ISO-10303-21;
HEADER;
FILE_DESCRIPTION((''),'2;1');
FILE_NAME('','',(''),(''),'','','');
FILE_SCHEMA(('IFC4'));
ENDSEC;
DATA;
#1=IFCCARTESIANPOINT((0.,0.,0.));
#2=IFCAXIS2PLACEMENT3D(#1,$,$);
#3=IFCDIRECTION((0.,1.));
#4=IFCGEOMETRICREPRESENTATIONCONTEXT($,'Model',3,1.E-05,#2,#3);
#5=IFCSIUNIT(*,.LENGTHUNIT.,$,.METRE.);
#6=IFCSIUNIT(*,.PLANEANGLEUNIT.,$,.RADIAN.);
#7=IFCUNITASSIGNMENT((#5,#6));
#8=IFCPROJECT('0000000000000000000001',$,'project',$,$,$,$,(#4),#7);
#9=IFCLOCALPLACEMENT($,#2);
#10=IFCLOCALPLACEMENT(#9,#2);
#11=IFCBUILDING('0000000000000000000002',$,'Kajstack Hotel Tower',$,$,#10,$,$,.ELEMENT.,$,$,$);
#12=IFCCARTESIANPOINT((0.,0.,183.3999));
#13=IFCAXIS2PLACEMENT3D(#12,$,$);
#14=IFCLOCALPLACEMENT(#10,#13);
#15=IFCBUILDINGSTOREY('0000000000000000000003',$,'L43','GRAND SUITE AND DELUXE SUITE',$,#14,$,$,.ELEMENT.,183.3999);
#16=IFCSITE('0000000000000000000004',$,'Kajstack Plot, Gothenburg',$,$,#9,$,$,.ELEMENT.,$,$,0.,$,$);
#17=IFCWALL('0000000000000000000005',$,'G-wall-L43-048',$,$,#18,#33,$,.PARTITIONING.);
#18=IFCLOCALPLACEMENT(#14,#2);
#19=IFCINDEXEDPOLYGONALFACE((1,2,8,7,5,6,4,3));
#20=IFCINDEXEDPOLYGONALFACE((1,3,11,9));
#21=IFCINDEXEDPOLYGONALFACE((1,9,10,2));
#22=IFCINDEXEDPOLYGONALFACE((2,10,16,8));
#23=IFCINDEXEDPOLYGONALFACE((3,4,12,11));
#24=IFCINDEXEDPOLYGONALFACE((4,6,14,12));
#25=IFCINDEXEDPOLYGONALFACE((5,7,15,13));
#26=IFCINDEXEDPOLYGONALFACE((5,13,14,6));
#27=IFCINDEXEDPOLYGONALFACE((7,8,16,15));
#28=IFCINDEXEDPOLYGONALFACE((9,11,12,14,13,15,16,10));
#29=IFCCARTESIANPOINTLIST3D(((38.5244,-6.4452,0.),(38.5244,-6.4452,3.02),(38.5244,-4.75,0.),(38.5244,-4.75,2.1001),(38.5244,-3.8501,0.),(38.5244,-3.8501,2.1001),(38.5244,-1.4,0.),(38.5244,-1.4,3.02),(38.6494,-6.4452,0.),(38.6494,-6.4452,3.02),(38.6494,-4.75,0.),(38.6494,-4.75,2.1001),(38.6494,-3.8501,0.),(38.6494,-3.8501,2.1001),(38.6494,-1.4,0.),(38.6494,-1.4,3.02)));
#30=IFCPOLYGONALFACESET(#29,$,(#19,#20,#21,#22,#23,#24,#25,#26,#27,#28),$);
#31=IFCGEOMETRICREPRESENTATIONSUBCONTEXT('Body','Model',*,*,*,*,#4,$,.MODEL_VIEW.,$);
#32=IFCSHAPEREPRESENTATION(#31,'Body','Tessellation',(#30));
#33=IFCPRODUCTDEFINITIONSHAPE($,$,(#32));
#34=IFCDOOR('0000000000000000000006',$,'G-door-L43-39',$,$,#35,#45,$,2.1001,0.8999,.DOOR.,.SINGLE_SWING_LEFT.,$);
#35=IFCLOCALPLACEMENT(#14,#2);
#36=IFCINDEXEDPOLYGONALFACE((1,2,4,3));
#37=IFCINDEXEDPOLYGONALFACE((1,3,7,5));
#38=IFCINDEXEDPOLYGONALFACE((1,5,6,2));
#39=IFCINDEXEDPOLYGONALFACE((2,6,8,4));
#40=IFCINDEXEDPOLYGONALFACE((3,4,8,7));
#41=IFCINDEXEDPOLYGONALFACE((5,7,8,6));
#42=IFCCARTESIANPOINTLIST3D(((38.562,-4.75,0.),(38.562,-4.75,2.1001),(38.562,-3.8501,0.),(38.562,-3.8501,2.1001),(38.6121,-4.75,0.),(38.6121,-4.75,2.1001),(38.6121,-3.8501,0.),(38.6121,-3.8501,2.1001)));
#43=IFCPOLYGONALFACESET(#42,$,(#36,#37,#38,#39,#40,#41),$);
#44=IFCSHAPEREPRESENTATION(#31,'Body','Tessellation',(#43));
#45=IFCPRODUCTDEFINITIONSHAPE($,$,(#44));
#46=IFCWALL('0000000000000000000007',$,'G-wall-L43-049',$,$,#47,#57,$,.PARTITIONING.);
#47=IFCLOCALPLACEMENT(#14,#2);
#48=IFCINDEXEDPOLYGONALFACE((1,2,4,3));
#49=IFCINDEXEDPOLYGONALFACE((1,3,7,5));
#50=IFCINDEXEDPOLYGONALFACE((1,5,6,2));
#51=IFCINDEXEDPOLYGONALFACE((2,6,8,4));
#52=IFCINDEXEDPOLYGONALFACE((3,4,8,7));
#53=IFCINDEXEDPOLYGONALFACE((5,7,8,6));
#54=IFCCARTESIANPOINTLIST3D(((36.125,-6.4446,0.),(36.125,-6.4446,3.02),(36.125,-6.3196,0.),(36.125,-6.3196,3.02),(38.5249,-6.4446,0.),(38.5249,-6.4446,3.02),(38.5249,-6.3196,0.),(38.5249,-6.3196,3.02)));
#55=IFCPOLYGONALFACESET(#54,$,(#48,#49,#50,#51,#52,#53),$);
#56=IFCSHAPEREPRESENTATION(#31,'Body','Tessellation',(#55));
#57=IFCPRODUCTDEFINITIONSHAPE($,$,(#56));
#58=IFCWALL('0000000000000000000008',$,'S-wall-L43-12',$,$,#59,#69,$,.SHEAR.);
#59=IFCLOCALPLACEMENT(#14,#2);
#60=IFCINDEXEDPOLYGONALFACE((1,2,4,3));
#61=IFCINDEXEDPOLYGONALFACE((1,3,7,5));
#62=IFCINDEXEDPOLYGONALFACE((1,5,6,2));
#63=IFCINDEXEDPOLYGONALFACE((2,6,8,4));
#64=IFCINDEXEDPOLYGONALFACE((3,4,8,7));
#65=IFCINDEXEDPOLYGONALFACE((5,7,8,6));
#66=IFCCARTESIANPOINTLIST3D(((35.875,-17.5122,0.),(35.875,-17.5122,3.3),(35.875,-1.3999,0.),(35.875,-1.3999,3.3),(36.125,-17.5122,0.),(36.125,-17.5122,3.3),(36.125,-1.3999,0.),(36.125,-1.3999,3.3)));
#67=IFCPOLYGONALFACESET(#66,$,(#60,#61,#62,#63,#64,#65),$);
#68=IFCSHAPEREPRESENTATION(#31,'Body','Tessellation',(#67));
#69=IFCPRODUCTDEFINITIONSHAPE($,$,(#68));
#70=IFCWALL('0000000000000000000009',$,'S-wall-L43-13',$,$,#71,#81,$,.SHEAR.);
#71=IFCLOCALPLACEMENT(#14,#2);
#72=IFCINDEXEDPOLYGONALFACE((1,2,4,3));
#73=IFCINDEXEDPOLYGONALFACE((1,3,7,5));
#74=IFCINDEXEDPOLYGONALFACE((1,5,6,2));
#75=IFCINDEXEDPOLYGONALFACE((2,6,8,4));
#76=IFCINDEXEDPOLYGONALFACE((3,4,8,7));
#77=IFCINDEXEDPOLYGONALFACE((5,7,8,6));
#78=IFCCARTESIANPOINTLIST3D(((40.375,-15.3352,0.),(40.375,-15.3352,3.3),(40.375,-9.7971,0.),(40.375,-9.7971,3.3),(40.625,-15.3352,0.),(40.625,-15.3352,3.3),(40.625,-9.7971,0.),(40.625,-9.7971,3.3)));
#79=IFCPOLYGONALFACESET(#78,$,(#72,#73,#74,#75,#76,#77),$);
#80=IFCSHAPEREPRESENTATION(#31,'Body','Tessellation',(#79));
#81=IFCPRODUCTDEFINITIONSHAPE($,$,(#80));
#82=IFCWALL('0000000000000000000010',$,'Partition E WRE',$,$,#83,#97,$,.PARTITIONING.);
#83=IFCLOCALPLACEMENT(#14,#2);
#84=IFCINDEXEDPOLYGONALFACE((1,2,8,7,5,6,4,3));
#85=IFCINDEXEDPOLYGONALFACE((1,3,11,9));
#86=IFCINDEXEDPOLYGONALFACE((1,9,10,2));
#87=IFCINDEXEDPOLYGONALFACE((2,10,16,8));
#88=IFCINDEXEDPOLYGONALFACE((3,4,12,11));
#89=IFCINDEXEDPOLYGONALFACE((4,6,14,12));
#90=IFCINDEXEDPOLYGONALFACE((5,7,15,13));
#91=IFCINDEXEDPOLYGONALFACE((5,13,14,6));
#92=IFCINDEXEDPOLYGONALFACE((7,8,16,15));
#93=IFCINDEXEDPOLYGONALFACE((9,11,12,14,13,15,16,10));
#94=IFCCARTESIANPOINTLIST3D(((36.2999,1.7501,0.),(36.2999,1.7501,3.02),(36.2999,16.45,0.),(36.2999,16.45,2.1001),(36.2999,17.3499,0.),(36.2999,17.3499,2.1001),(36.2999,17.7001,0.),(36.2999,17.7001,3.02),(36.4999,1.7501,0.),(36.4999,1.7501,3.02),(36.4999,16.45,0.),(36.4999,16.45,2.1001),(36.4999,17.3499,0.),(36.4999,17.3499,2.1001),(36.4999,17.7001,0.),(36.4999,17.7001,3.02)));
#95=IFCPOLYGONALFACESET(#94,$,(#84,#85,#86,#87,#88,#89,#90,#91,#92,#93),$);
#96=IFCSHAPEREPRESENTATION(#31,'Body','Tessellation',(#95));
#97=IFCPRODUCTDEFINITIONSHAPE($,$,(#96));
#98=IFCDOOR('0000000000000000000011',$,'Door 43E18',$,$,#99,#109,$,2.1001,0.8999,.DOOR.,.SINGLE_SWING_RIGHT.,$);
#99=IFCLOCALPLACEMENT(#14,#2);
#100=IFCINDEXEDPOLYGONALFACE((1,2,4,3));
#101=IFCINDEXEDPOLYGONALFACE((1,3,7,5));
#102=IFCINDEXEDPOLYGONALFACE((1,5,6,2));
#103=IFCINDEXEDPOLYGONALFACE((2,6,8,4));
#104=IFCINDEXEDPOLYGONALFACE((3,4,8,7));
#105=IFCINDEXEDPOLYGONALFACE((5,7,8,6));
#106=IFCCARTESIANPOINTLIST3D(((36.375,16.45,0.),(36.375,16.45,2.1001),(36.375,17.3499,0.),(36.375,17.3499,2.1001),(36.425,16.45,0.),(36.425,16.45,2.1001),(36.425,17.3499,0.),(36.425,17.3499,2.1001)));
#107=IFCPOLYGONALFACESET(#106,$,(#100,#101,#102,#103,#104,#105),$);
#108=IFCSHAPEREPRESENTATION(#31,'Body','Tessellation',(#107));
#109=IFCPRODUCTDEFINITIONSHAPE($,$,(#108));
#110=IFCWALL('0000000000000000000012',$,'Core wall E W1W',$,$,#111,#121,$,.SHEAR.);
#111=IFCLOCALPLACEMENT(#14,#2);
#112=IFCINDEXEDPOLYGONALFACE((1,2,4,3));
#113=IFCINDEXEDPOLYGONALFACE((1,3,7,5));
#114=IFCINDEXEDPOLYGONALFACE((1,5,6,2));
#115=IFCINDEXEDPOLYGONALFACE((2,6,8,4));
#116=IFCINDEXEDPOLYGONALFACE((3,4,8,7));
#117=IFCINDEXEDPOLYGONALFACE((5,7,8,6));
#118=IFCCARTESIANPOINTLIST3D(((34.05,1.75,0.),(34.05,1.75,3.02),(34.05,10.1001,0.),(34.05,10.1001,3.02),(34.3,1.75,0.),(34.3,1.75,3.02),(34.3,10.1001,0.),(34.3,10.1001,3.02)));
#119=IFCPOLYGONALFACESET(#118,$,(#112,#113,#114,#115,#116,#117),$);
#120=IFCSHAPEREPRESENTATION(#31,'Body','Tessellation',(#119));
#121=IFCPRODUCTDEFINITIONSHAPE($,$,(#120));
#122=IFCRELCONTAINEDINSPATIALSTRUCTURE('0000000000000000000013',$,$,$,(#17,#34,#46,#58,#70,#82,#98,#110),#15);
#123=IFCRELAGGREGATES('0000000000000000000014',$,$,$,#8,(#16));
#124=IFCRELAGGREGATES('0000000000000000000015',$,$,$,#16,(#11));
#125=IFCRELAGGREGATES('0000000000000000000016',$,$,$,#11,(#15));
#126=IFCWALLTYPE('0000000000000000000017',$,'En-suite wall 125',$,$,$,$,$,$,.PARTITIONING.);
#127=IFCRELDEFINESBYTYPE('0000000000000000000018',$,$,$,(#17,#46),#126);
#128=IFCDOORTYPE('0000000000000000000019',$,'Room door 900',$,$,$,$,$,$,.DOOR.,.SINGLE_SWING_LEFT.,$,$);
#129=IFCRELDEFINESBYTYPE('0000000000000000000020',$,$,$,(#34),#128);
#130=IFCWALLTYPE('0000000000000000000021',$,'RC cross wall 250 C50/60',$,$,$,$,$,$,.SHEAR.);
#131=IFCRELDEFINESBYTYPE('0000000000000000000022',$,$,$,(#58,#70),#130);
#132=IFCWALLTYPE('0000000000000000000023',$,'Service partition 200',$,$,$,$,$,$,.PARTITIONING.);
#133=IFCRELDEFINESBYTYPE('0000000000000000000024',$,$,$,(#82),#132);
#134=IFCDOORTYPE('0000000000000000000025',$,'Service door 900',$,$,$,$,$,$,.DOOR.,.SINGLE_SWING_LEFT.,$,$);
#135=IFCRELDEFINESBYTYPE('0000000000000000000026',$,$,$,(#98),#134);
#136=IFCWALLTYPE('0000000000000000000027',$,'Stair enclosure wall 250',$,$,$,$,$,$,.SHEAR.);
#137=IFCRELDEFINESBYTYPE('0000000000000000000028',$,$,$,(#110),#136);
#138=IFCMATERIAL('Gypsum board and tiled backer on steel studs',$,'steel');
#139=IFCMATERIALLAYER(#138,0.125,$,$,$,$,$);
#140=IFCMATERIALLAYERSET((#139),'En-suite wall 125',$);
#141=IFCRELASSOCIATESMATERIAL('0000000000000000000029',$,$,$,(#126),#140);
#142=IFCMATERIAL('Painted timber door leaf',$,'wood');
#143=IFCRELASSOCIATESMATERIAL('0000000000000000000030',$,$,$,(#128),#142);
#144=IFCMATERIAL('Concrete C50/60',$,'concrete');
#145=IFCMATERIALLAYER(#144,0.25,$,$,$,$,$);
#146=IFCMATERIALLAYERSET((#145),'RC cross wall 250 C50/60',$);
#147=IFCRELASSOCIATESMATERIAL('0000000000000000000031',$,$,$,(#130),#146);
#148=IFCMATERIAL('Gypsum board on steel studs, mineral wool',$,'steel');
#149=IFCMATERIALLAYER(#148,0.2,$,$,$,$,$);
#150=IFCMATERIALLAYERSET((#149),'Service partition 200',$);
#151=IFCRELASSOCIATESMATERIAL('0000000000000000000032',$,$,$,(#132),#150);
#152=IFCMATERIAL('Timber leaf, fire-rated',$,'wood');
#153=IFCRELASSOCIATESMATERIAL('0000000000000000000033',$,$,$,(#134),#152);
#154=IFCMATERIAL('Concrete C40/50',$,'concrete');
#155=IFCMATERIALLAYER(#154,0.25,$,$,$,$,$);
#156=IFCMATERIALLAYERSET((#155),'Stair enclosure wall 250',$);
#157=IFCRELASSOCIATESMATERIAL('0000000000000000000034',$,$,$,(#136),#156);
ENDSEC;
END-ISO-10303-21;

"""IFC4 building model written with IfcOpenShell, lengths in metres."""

from ifc_helpers import new_model, si_unit, direction, frame, frame_2d, origin, place, context, subcontext, project, spatial, rectangle, extrude, material, layer, layer_set, type_object, element, fill, save


model = new_model("IFC4")

# Units and contexts
model_context = context("Model", 3, precision=1e-05, world=origin(), true_north=direction((0.0, 1.0)))
body_context = subcontext(model_context, "Body", "Model", "MODEL_VIEW")
ifc_project = project(units=[si_unit("LENGTHUNIT", "METRE"), si_unit("PLANEANGLEUNIT", "RADIAN")], contexts=[model_context])

# Site, building, storey
site_placement = place(None, origin())
site = spatial("IfcSite", under=ifc_project, at=site_placement, Name="Kajstack Plot, Gothenburg", CompositionType="ELEMENT", RefElevation=0.0)
building_placement = place(site_placement, origin())
building = spatial("IfcBuilding", under=site, at=building_placement, Name="Kajstack Hotel Tower", CompositionType="ELEMENT")
storey_placement = place(building_placement, frame((0.0, 0.0, 183.3999)))
storey = spatial("IfcBuildingStorey", under=building, at=storey_placement, Name="L43", Description="GRAND SUITE AND DELUXE SUITE", CompositionType="ELEMENT", Elevation=183.3999)

# Wall, opening, door
ifc_material_1 = material(Name="Gypsum board and tiled backer on steel studs", Category="steel")
ifc_layer_1 = layer(ifc_material_1, 0.125)
ifc_layer_set_1 = layer_set([ifc_layer_1], Name="En-suite wall 125")
wall_type_1 = type_object("IfcWallType", Name="En-suite wall 125", PredefinedType="PARTITIONING", material=ifc_layer_set_1)
wall_1_placement = place(storey_placement, frame((38.5869, -6.4451, 0.0), z_axis=(0.0, 0.0, 1.0), x_axis=(0.0, 1.0, 0.0)))
wall_1 = element("IfcWall", 1, at=wall_1_placement, inside=storey, type_object=wall_type_1, Name="G-wall-L43-048", PredefinedType="PARTITIONING", context=body_context, shape_type="SweptSolid", body=[
    extrude(rectangle(XDim=5.0452, YDim=0.125, at=frame_2d((2.5225, 0.0))), origin(), (0.0, 0.0, 1.0), 3.02),
])
opening_1_placement = place(wall_1_placement, frame((1.6951, 0.0, 0.0)))
opening_1 = element("IfcOpeningElement", 2, at=opening_1_placement, cuts=wall_1, PredefinedType="OPENING", context=body_context, shape_type="SweptSolid", body=[
    extrude(rectangle(XDim=0.8999, YDim=2.1001, at=frame_2d((0.45, 1.05))), frame((0.0, 0.0725, 0.0), z_axis=(0.0, -1.0, 0.0), x_axis=(1.0, 0.0, 0.0)), (0.0, 0.0, 1.0), 0.145),
])
ifc_material_2 = material(Name="Painted timber door leaf", Category="wood")
door_type_1 = type_object("IfcDoorType", Name="Room door 900", OperationType="SINGLE_SWING_LEFT", PredefinedType="DOOR", material=ifc_material_2)
door_1_placement = place(opening_1_placement, origin())
door_1 = element("IfcDoor", 3, at=door_1_placement, inside=storey, type_object=door_type_1, Name="G-door-L43-39", OperationType="SINGLE_SWING_LEFT", OverallHeight=2.1001, OverallWidth=0.8999, PredefinedType="DOOR", context=body_context, shape_type="SweptSolid", body=[
    extrude(rectangle(XDim=0.8999, YDim=2.1001, at=frame_2d((0.45, 1.05))), frame((0.0, 0.0249, 0.0), z_axis=(0.0, -1.0, 0.0), x_axis=(1.0, 0.0, 0.0)), (0.0, 0.0, 1.0), 0.05),
])
fill(opening_1, door_1)

# Walls
wall_2_placement = place(storey_placement, frame((36.125, -6.3821, 0.0), z_axis=(0.0, 0.0, 1.0), x_axis=(1.0, 0.0, 0.0)))
element("IfcWall", 4, at=wall_2_placement, inside=storey, type_object=wall_type_1, Name="G-wall-L43-049", PredefinedType="PARTITIONING", context=body_context, shape_type="SweptSolid", body=[
    extrude(rectangle(XDim=2.3999, YDim=0.125, at=frame_2d((1.2, 0.0))), origin(), (0.0, 0.0, 1.0), 3.02),
])
ifc_material_3 = material(Name="Concrete C50/60", Category="concrete")
ifc_layer_2 = layer(ifc_material_3, 0.25)
ifc_layer_set_2 = layer_set([ifc_layer_2], Name="RC cross wall 250 C50/60")
wall_type_2 = type_object("IfcWallType", Name="RC cross wall 250 C50/60", PredefinedType="SHEAR", material=ifc_layer_set_2)
wall_3_placement = place(storey_placement, frame((36.0, -17.5122, 0.0), z_axis=(0.0, 0.0, 1.0), x_axis=(0.0, 1.0, 0.0)))
element("IfcWall", 5, at=wall_3_placement, inside=storey, type_object=wall_type_2, Name="S-wall-L43-12", PredefinedType="SHEAR", context=body_context, shape_type="SweptSolid", body=[
    extrude(rectangle(XDim=16.1123, YDim=0.25, at=frame_2d((8.0562, 0.0))), origin(), (0.0, 0.0, 1.0), 3.3),
])
wall_4_placement = place(storey_placement, frame((40.5, -15.3352, 0.0), z_axis=(0.0, 0.0, 1.0), x_axis=(0.0, 1.0, 0.0)))
element("IfcWall", 6, at=wall_4_placement, inside=storey, type_object=wall_type_2, Name="S-wall-L43-13", PredefinedType="SHEAR", context=body_context, shape_type="SweptSolid", body=[
    extrude(rectangle(XDim=5.5381, YDim=0.25, at=frame_2d((2.769, 0.0))), origin(), (0.0, 0.0, 1.0), 3.3),
])

# Wall, opening, door
ifc_material_4 = material(Name="Gypsum board on steel studs, mineral wool", Category="steel")
ifc_layer_3 = layer(ifc_material_4, 0.2)
ifc_layer_set_3 = layer_set([ifc_layer_3], Name="Service partition 200")
wall_type_3 = type_object("IfcWallType", Name="Service partition 200", PredefinedType="PARTITIONING", material=ifc_layer_set_3)
wall_5_placement = place(storey_placement, frame((36.3999, 1.75, 0.0), z_axis=(0.0, 0.0, 1.0), x_axis=(0.0, 1.0, 0.0)))
wall_5 = element("IfcWall", 7, at=wall_5_placement, inside=storey, type_object=wall_type_3, Name="Partition E WRE", PredefinedType="PARTITIONING", context=body_context, shape_type="SweptSolid", body=[
    extrude(rectangle(XDim=15.95, YDim=0.2, at=frame_2d((7.9751, 0.0))), origin(), (0.0, 0.0, 1.0), 3.02),
])
opening_2_placement = place(wall_5_placement, frame((14.7, 0.0, 0.0)))
opening_2 = element("IfcOpeningElement", 8, at=opening_2_placement, cuts=wall_5, PredefinedType="OPENING", context=body_context, shape_type="SweptSolid", body=[
    extrude(rectangle(XDim=0.8999, YDim=2.1001, at=frame_2d((0.45, 1.05))), frame((0.0, 0.1099, 0.0), z_axis=(0.0, -1.0, 0.0), x_axis=(1.0, 0.0, 0.0)), (0.0, 0.0, 1.0), 0.22),
])
ifc_material_5 = material(Name="Timber leaf, fire-rated", Category="wood")
door_type_2 = type_object("IfcDoorType", Name="Service door 900", OperationType="SINGLE_SWING_LEFT", PredefinedType="DOOR", material=ifc_material_5)
door_2_placement = place(opening_2_placement, origin())
door_2 = element("IfcDoor", 9, at=door_2_placement, inside=storey, type_object=door_type_2, Name="Door 43E18", OperationType="SINGLE_SWING_RIGHT", OverallHeight=2.1001, OverallWidth=0.8999, PredefinedType="DOOR", context=body_context, shape_type="SweptSolid", body=[
    extrude(rectangle(XDim=0.8999, YDim=2.1001, at=frame_2d((0.45, 1.05))), frame((0.0, 0.0249, 0.0), z_axis=(0.0, -1.0, 0.0), x_axis=(1.0, 0.0, 0.0)), (0.0, 0.0, 1.0), 0.05),
])
fill(opening_2, door_2)

# Wall
ifc_material_6 = material(Name="Concrete C40/50", Category="concrete")
ifc_layer_4 = layer(ifc_material_6, 0.25)
ifc_layer_set_4 = layer_set([ifc_layer_4], Name="Stair enclosure wall 250")
wall_type_4 = type_object("IfcWallType", Name="Stair enclosure wall 250", PredefinedType="SHEAR", material=ifc_layer_set_4)
wall_6_placement = place(storey_placement, frame((34.175, 1.75, 0.0), z_axis=(0.0, 0.0, 1.0), x_axis=(0.0, 1.0, 0.0)))
element("IfcWall", 10, at=wall_6_placement, inside=storey, type_object=wall_type_4, Name="Core wall E W1W", PredefinedType="SHEAR", context=body_context, shape_type="SweptSolid", body=[
    extrude(rectangle(XDim=8.3501, YDim=0.25, at=frame_2d((4.175, 0.0))), origin(), (0.0, 0.0, 1.0), 3.02),
])

save(model, "model.ifc")
